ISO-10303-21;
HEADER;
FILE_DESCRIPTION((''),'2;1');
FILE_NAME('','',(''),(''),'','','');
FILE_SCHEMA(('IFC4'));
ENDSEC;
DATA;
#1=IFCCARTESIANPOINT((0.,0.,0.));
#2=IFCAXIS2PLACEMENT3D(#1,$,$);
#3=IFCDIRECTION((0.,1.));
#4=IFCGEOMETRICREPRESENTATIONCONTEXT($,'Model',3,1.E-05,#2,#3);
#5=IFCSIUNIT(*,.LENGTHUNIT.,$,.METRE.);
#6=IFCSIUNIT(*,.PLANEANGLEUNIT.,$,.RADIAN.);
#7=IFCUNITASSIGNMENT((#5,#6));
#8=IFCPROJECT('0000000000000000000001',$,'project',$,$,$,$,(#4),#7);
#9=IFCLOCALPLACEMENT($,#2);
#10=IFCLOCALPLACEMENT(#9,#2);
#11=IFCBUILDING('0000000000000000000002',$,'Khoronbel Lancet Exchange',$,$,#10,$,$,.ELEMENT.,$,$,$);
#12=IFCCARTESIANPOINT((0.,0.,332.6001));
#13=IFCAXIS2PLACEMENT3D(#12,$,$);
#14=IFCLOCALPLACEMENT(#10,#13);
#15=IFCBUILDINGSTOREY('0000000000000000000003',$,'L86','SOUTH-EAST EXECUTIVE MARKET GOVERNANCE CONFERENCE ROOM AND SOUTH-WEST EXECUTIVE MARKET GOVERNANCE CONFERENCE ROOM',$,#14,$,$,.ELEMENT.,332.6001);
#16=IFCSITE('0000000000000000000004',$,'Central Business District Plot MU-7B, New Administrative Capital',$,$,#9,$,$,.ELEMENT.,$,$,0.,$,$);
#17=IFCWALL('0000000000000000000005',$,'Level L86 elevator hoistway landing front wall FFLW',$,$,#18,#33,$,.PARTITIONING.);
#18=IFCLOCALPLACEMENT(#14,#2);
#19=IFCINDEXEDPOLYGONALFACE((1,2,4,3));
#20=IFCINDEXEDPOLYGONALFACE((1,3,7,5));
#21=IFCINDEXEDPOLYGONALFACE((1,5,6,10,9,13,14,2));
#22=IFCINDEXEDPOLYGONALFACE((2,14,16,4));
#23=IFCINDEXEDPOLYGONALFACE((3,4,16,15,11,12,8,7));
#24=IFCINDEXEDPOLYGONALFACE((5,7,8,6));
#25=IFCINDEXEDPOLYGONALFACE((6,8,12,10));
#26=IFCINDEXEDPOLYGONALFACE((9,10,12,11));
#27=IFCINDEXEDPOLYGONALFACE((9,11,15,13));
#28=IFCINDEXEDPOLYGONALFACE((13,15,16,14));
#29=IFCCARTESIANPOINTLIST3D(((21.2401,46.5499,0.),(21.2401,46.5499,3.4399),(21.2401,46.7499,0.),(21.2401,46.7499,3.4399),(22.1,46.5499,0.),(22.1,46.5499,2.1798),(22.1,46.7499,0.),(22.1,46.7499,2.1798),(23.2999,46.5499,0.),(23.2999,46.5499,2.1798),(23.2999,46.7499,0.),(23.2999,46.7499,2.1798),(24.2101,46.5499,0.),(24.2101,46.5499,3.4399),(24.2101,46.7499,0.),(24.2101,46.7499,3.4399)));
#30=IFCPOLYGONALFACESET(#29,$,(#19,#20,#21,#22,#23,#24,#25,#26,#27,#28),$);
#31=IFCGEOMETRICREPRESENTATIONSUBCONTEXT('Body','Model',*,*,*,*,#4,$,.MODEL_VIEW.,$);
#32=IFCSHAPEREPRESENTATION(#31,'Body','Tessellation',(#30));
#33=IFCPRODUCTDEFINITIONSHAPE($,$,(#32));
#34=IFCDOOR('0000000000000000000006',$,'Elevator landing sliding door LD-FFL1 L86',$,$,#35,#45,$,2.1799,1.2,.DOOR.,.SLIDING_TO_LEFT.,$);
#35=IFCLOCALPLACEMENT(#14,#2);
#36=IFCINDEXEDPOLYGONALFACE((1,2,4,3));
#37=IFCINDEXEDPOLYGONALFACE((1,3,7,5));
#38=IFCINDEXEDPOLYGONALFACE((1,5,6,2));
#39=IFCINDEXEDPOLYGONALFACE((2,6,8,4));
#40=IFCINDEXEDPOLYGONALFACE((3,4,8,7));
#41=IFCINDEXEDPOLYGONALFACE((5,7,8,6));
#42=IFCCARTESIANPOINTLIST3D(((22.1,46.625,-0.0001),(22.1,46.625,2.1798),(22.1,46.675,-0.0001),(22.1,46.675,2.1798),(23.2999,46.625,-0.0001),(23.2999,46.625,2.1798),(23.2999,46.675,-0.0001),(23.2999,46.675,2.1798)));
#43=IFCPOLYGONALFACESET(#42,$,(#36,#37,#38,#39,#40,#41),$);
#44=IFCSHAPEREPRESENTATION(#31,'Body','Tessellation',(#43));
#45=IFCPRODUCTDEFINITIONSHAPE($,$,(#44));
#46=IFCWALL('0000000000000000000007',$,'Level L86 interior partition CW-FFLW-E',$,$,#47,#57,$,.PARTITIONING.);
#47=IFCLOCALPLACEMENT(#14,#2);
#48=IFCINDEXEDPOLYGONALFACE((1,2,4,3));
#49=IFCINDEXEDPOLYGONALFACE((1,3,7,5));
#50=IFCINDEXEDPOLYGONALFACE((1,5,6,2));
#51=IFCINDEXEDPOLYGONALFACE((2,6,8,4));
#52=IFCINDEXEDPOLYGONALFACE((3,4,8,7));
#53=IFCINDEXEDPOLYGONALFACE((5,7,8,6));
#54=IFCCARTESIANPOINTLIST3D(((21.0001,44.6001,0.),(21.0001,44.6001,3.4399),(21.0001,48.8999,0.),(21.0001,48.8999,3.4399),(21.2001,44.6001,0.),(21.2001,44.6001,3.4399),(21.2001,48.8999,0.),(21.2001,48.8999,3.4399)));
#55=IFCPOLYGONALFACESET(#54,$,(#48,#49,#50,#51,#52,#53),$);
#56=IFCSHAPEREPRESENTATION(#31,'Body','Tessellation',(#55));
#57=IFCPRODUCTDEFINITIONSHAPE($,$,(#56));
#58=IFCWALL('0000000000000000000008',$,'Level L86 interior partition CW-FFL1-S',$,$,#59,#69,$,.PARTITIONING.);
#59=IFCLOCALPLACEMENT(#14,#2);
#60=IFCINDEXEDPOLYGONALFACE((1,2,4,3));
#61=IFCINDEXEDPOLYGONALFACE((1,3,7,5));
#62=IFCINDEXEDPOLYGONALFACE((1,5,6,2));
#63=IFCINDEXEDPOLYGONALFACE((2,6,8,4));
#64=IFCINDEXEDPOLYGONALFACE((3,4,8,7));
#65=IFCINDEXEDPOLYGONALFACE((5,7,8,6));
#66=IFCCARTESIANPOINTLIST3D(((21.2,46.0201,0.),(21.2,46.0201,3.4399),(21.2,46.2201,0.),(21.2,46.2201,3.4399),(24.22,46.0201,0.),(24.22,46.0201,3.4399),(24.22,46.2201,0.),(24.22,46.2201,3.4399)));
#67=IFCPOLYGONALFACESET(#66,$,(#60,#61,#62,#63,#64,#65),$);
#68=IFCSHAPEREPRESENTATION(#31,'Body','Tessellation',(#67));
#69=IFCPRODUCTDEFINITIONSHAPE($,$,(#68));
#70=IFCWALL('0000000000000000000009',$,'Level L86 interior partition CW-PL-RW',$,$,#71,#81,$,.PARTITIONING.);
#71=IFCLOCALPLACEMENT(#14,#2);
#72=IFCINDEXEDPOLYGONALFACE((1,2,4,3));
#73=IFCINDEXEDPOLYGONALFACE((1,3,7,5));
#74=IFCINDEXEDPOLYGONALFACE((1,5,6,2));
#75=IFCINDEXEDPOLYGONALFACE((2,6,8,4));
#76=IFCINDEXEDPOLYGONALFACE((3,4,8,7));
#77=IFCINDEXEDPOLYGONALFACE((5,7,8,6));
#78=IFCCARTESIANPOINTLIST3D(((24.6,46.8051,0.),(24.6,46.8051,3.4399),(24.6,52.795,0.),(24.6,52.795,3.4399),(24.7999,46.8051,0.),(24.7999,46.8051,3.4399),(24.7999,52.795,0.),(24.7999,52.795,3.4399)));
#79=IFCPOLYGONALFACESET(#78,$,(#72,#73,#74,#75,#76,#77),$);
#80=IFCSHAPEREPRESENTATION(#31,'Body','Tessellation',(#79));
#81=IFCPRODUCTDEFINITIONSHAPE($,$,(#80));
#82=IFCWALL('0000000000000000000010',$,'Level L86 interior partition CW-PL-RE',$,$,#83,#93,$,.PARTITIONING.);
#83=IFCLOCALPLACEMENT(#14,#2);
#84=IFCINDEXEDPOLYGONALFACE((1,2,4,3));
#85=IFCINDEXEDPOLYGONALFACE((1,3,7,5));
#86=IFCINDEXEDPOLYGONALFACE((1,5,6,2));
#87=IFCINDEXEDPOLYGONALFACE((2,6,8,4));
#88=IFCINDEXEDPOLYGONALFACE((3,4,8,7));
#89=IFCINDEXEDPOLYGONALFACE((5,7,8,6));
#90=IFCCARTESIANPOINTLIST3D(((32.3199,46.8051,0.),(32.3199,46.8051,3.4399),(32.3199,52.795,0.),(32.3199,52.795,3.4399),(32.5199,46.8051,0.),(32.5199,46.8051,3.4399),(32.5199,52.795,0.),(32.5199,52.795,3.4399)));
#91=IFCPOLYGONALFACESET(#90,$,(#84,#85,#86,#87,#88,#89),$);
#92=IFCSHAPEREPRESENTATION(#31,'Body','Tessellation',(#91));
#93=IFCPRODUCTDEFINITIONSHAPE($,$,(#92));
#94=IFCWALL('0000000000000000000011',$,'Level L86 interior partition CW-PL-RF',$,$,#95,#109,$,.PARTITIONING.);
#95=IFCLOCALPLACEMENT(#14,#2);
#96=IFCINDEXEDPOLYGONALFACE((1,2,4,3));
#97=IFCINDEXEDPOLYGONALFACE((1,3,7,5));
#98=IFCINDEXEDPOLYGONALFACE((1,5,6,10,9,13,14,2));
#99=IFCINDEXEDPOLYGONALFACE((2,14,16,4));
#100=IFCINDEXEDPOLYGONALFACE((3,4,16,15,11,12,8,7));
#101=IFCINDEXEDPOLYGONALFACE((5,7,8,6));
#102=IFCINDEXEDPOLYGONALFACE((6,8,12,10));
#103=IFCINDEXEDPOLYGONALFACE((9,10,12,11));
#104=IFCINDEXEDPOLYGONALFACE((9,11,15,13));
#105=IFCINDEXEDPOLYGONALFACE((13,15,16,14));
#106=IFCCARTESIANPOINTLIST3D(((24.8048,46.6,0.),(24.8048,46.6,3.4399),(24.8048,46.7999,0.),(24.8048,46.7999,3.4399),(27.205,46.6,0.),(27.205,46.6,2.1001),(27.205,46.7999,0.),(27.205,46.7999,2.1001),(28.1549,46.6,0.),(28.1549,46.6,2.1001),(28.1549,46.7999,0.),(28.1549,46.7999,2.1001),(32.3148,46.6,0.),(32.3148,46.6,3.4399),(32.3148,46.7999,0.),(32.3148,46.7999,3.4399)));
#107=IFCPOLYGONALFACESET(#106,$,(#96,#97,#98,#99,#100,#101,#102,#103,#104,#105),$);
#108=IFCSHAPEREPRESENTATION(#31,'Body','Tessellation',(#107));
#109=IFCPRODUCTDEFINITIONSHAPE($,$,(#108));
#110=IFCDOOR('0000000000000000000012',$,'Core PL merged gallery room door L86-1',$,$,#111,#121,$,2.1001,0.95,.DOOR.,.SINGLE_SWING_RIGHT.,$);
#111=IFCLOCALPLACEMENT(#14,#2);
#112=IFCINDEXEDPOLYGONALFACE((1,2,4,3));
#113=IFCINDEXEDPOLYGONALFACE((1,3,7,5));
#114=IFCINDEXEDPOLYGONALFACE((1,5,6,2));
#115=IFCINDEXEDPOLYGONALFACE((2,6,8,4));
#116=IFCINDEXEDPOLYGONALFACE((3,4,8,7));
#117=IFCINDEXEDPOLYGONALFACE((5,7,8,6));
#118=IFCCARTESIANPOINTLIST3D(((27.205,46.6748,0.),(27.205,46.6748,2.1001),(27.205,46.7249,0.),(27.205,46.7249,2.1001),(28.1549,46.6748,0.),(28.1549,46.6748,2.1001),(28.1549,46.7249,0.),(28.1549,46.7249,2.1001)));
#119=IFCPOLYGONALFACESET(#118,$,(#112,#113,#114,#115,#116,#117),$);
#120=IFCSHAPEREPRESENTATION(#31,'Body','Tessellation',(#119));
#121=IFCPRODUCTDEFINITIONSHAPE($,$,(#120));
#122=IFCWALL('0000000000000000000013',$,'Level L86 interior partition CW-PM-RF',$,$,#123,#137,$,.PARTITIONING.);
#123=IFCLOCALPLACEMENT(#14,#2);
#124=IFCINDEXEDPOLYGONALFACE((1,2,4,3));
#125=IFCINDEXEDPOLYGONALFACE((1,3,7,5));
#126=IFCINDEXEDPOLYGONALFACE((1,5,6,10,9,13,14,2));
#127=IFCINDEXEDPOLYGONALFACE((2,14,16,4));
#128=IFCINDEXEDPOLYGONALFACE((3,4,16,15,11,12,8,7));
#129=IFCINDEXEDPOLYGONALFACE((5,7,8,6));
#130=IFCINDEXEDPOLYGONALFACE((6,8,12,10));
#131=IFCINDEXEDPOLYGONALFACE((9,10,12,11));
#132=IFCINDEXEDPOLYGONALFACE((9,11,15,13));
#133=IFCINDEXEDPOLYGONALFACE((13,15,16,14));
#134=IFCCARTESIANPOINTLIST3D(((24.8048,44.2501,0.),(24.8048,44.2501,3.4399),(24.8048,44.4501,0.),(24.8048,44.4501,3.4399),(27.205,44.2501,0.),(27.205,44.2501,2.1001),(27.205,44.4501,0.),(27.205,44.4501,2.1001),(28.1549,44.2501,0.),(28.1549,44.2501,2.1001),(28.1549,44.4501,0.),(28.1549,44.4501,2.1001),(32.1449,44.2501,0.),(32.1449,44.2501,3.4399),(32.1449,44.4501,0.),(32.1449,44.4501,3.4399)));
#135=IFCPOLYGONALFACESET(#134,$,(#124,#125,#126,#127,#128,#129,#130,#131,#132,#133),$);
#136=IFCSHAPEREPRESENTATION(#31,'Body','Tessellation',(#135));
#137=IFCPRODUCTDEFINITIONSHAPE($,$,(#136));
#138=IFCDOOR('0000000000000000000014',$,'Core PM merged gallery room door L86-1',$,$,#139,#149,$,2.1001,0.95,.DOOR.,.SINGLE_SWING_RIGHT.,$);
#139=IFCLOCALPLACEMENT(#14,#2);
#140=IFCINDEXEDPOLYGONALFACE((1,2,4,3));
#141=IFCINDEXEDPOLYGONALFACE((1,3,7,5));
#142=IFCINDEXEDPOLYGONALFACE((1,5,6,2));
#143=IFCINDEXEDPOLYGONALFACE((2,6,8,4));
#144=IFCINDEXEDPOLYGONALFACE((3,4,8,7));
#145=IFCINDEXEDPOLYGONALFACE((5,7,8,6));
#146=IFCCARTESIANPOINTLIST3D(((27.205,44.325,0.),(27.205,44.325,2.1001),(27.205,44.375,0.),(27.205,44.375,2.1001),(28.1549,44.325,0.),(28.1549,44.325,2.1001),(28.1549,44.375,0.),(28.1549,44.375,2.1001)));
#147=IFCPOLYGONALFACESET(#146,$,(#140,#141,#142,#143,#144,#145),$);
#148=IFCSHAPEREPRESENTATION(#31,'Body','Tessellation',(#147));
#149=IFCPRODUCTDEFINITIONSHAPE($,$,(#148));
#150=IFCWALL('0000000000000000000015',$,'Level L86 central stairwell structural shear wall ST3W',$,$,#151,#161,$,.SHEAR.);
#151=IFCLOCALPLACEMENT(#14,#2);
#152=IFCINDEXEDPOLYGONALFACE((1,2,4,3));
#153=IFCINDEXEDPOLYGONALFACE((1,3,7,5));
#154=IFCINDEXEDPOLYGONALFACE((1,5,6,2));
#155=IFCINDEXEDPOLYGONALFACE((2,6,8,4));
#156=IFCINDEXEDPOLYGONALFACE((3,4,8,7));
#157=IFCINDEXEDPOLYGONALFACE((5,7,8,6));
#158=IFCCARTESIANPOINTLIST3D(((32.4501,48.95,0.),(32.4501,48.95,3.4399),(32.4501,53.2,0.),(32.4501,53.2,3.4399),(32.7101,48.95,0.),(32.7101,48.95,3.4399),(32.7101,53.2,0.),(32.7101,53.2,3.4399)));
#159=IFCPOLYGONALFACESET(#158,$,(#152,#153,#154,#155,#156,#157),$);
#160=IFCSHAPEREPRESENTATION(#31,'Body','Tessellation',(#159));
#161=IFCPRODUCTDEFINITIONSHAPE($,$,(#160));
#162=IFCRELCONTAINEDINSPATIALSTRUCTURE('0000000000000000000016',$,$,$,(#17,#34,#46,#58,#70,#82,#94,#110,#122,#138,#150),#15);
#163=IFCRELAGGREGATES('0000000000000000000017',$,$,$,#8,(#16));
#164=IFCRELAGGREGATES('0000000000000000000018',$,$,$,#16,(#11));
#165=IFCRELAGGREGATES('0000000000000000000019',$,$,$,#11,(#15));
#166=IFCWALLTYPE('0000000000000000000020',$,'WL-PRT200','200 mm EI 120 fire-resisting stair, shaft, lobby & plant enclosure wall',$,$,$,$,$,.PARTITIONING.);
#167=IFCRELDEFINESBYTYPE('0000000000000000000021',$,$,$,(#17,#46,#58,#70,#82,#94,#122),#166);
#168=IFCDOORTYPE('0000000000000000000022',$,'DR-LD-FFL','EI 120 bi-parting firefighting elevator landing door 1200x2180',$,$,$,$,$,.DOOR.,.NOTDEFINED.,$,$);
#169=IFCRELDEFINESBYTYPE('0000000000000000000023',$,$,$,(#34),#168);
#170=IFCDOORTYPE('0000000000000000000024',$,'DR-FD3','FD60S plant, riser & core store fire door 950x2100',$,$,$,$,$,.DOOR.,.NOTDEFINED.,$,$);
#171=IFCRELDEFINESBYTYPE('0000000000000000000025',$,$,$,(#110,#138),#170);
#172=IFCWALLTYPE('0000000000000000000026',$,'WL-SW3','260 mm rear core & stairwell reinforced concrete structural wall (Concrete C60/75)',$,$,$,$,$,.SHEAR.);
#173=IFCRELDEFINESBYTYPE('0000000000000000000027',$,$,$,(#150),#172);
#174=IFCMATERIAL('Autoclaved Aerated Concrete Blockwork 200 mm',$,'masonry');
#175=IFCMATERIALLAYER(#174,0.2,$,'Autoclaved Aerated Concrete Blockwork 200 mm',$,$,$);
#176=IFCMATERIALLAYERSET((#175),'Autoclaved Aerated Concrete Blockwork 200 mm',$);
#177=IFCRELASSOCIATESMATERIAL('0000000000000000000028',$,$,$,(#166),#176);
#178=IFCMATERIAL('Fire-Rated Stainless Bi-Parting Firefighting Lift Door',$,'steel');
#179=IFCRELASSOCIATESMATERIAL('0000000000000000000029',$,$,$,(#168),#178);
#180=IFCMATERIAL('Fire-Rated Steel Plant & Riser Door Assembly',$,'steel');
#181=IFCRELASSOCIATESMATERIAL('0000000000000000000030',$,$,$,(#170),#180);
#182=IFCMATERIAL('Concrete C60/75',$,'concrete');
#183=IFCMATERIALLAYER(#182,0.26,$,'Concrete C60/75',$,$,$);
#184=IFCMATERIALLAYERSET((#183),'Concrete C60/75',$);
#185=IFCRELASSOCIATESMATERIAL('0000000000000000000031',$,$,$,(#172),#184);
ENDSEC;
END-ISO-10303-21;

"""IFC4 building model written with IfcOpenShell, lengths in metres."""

from ifc_helpers import new_model, si_unit, direction, frame, frame_2d, origin, place, context, subcontext, project, spatial, rectangle, extrude, material, layer, layer_set, type_object, element, fill, save


model = new_model("IFC4")

# Units and contexts
model_context = context("Model", 3, precision=1e-05, world=origin(), true_north=direction((0.0, 1.0)))
body_context = subcontext(model_context, "Body", "Model", "MODEL_VIEW")
ifc_project = project(units=[si_unit("LENGTHUNIT", "METRE"), si_unit("PLANEANGLEUNIT", "RADIAN")], contexts=[model_context])

# Site, building, storey
site_placement = place(None, origin())
site = spatial("IfcSite", under=ifc_project, at=site_placement, Name="Central Business District Plot MU-7B, New Administrative Capital", CompositionType="ELEMENT", RefElevation=0.0)
building_placement = place(site_placement, origin())
building = spatial("IfcBuilding", under=site, at=building_placement, Name="Khoronbel Lancet Exchange", CompositionType="ELEMENT")
storey_placement = place(building_placement, frame((0.0, 0.0, 332.6001)))
storey = spatial("IfcBuildingStorey", under=building, at=storey_placement, Name="L86", Description="SOUTH-EAST EXECUTIVE MARKET GOVERNANCE CONFERENCE ROOM AND SOUTH-WEST EXECUTIVE MARKET GOVERNANCE CONFERENCE ROOM", CompositionType="ELEMENT", Elevation=332.6001)

# Wall, opening, door
ifc_material_1 = material(Name="Autoclaved Aerated Concrete Blockwork 200 mm", Category="masonry")
ifc_layer_1 = layer(ifc_material_1, 0.2, Name="Autoclaved Aerated Concrete Blockwork 200 mm")
ifc_layer_set_1 = layer_set([ifc_layer_1], Name="Autoclaved Aerated Concrete Blockwork 200 mm")
wall_type_1 = type_object("IfcWallType", Name="WL-PRT200", Description="200 mm EI 120 fire-resisting stair, shaft, lobby & plant enclosure wall", PredefinedType="PARTITIONING", material=ifc_layer_set_1)
wall_1_placement = place(storey_placement, frame((24.21, 46.6499, 0.0), z_axis=(0.0, 0.0, 1.0), x_axis=(-1.0, 0.0, 0.0)))
wall_1 = element("IfcWall", 1, at=wall_1_placement, inside=storey, type_object=wall_type_1, Name="Level L86 elevator hoistway landing front wall FFLW", PredefinedType="PARTITIONING", context=body_context, shape_type="SweptSolid", body=[
    extrude(rectangle(XDim=2.97, YDim=0.2, at=frame_2d((1.4849, 0.0))), origin(), (0.0, 0.0, 1.0), 3.4399),
])
opening_1_placement = place(wall_1_placement, frame((0.9099, 0.0, 0.0)))
opening_1 = element("IfcOpeningElement", 2, at=opening_1_placement, cuts=wall_1, PredefinedType="OPENING", context=body_context, shape_type="SweptSolid", body=[
    extrude(rectangle(XDim=1.2, YDim=2.1799, at=frame_2d((0.6001, 1.0898))), frame((0.0, 0.1099, 0.0), z_axis=(0.0, -1.0, 0.0), x_axis=(1.0, 0.0, 0.0)), (0.0, 0.0, 1.0), 0.22),
])
ifc_material_2 = material(Name="Fire-Rated Stainless Bi-Parting Firefighting Lift Door", Category="steel")
door_type_1 = type_object("IfcDoorType", Name="DR-LD-FFL", Description="EI 120 bi-parting firefighting elevator landing door 1200x2180", OperationType="NOTDEFINED", PredefinedType="DOOR", material=ifc_material_2)
door_1_placement = place(opening_1_placement, origin())
door_1 = element("IfcDoor", 3, at=door_1_placement, inside=storey, type_object=door_type_1, Name="Elevator landing sliding door LD-FFL1 L86", OperationType="SLIDING_TO_LEFT", OverallHeight=2.1799, OverallWidth=1.2, PredefinedType="DOOR", context=body_context, shape_type="SweptSolid", body=[
    extrude(rectangle(XDim=1.2, YDim=2.1799, at=frame_2d((0.6001, 1.0898))), frame((0.0, 0.0249, 0.0), z_axis=(0.0, -1.0, 0.0), x_axis=(1.0, 0.0, 0.0)), (0.0, 0.0, 1.0), 0.05),
])
fill(opening_1, door_1)

# Walls
wall_2_placement = place(storey_placement, frame((21.1001, 44.6001, 0.0), z_axis=(0.0, 0.0, 1.0), x_axis=(0.0, 1.0, 0.0)))
element("IfcWall", 4, at=wall_2_placement, inside=storey, type_object=wall_type_1, Name="Level L86 interior partition CW-FFLW-E", PredefinedType="PARTITIONING", context=body_context, shape_type="SweptSolid", body=[
    extrude(rectangle(XDim=4.2998, YDim=0.2, at=frame_2d((2.1499, 0.0))), origin(), (0.0, 0.0, 1.0), 3.4399),
])
wall_3_placement = place(storey_placement, frame((21.2, 46.1201, 0.0), z_axis=(0.0, 0.0, 1.0), x_axis=(1.0, 0.0, 0.0)))
element("IfcWall", 5, at=wall_3_placement, inside=storey, type_object=wall_type_1, Name="Level L86 interior partition CW-FFL1-S", PredefinedType="PARTITIONING", context=body_context, shape_type="SweptSolid", body=[
    extrude(rectangle(XDim=3.02, YDim=0.2, at=frame_2d((1.51, 0.0))), origin(), (0.0, 0.0, 1.0), 3.4399),
])
for number, where, z_axis, x_axis, name in (
    (6, (24.7, 46.8049, 0.0), (0.0, 0.0, 1.0), (0.0, 1.0, 0.0), "Level L86 interior partition CW-PL-RW"),
    (7, (32.4199, 46.8049, 0.0), (0.0, 0.0, 1.0), (0.0, 1.0, 0.0), "Level L86 interior partition CW-PL-RE"),
):
    element("IfcWall", number, at=place(storey_placement, frame(where, z_axis=z_axis, x_axis=x_axis)), inside=storey, type_object=wall_type_1, Name=name, PredefinedType="PARTITIONING", context=body_context, shape_type="SweptSolid", body=[
        extrude(rectangle(XDim=5.99, YDim=0.2, at=frame_2d((2.9951, 0.0))), origin(), (0.0, 0.0, 1.0), 3.4399),
    ])

# Walls, openings, doors
wall_4_placement = place(storey_placement, frame((24.8049, 46.7, 0.0), z_axis=(0.0, 0.0, 1.0), x_axis=(1.0, 0.0, 0.0)))
wall_4 = element("IfcWall", 8, at=wall_4_placement, inside=storey, type_object=wall_type_1, Name="Level L86 interior partition CW-PL-RF", PredefinedType="PARTITIONING", context=body_context, shape_type="SweptSolid", body=[
    extrude(rectangle(XDim=7.51, YDim=0.2, at=frame_2d((3.7549, 0.0))), origin(), (0.0, 0.0, 1.0), 3.4399),
])
opening_2_placement = place(wall_4_placement, frame((2.3999, 0.0, 0.0)))
opening_2 = element("IfcOpeningElement", 9, at=opening_2_placement, cuts=wall_4, PredefinedType="OPENING", context=body_context, shape_type="SweptSolid", body=[
    extrude(rectangle(XDim=0.95, YDim=2.1001, at=frame_2d((0.4751, 1.05))), frame((0.0, 0.1099, 0.0), z_axis=(0.0, -1.0, 0.0), x_axis=(1.0, 0.0, 0.0)), (0.0, 0.0, 1.0), 0.22),
])
ifc_material_3 = material(Name="Fire-Rated Steel Plant & Riser Door Assembly", Category="steel")
door_type_2 = type_object("IfcDoorType", Name="DR-FD3", Description="FD60S plant, riser & core store fire door 950x2100", OperationType="NOTDEFINED", PredefinedType="DOOR", material=ifc_material_3)
door_2_placement = place(opening_2_placement, origin())
door_2 = element("IfcDoor", 10, at=door_2_placement, inside=storey, type_object=door_type_2, Name="Core PL merged gallery room door L86-1", OperationType="SINGLE_SWING_RIGHT", OverallHeight=2.1001, OverallWidth=0.95, PredefinedType="DOOR", context=body_context, shape_type="SweptSolid", body=[
    extrude(rectangle(XDim=0.95, YDim=2.1001, at=frame_2d((0.4751, 1.05))), frame((0.0, 0.0249, 0.0), z_axis=(0.0, -1.0, 0.0), x_axis=(1.0, 0.0, 0.0)), (0.0, 0.0, 1.0), 0.05),
])
fill(opening_2, door_2)
wall_5_placement = place(storey_placement, frame((24.8049, 44.3501, 0.0), z_axis=(0.0, 0.0, 1.0), x_axis=(1.0, 0.0, 0.0)))
wall_5 = element("IfcWall", 11, at=wall_5_placement, inside=storey, type_object=wall_type_1, Name="Level L86 interior partition CW-PM-RF", PredefinedType="PARTITIONING", context=body_context, shape_type="SweptSolid", body=[
    extrude(rectangle(XDim=7.3401, YDim=0.2, at=frame_2d((3.6699, 0.0))), origin(), (0.0, 0.0, 1.0), 3.4399),
])
opening_3_placement = place(wall_5_placement, frame((2.3999, 0.0, 0.0)))
opening_3 = element("IfcOpeningElement", 12, at=opening_3_placement, cuts=wall_5, PredefinedType="OPENING", context=body_context, shape_type="SweptSolid", body=[
    extrude(rectangle(XDim=0.95, YDim=2.1001, at=frame_2d((0.4751, 1.05))), frame((0.0, 0.1099, 0.0), z_axis=(0.0, -1.0, 0.0), x_axis=(1.0, 0.0, 0.0)), (0.0, 0.0, 1.0), 0.22),
])
door_3_placement = place(opening_3_placement, origin())
door_3 = element("IfcDoor", 13, at=door_3_placement, inside=storey, type_object=door_type_2, Name="Core PM merged gallery room door L86-1", OperationType="SINGLE_SWING_RIGHT", OverallHeight=2.1001, OverallWidth=0.95, PredefinedType="DOOR", context=body_context, shape_type="SweptSolid", body=[
    extrude(rectangle(XDim=0.95, YDim=2.1001, at=frame_2d((0.4751, 1.05))), frame((0.0, 0.0249, 0.0), z_axis=(0.0, -1.0, 0.0), x_axis=(1.0, 0.0, 0.0)), (0.0, 0.0, 1.0), 0.05),
])
fill(opening_3, door_3)

# Wall
ifc_material_4 = material(Name="Concrete C60/75", Category="concrete")
ifc_layer_2 = layer(ifc_material_4, 0.26, Name="Concrete C60/75")
ifc_layer_set_2 = layer_set([ifc_layer_2], Name="Concrete C60/75")
wall_type_2 = type_object("IfcWallType", Name="WL-SW3", Description="260 mm rear core & stairwell reinforced concrete structural wall (Concrete C60/75)", PredefinedType="SHEAR", material=ifc_layer_set_2)
wall_6_placement = place(storey_placement, frame((32.5801, 48.95, 0.0), z_axis=(0.0, 0.0, 1.0), x_axis=(0.0, 1.0, 0.0)))
element("IfcWall", 14, at=wall_6_placement, inside=storey, type_object=wall_type_2, Name="Level L86 central stairwell structural shear wall ST3W", PredefinedType="SHEAR", context=body_context, shape_type="SweptSolid", body=[
    extrude(rectangle(XDim=4.25, YDim=0.26, at=frame_2d((2.125, 0.0))), origin(), (0.0, 0.0, 1.0), 3.4399),
])

save(model, "model.ifc")
